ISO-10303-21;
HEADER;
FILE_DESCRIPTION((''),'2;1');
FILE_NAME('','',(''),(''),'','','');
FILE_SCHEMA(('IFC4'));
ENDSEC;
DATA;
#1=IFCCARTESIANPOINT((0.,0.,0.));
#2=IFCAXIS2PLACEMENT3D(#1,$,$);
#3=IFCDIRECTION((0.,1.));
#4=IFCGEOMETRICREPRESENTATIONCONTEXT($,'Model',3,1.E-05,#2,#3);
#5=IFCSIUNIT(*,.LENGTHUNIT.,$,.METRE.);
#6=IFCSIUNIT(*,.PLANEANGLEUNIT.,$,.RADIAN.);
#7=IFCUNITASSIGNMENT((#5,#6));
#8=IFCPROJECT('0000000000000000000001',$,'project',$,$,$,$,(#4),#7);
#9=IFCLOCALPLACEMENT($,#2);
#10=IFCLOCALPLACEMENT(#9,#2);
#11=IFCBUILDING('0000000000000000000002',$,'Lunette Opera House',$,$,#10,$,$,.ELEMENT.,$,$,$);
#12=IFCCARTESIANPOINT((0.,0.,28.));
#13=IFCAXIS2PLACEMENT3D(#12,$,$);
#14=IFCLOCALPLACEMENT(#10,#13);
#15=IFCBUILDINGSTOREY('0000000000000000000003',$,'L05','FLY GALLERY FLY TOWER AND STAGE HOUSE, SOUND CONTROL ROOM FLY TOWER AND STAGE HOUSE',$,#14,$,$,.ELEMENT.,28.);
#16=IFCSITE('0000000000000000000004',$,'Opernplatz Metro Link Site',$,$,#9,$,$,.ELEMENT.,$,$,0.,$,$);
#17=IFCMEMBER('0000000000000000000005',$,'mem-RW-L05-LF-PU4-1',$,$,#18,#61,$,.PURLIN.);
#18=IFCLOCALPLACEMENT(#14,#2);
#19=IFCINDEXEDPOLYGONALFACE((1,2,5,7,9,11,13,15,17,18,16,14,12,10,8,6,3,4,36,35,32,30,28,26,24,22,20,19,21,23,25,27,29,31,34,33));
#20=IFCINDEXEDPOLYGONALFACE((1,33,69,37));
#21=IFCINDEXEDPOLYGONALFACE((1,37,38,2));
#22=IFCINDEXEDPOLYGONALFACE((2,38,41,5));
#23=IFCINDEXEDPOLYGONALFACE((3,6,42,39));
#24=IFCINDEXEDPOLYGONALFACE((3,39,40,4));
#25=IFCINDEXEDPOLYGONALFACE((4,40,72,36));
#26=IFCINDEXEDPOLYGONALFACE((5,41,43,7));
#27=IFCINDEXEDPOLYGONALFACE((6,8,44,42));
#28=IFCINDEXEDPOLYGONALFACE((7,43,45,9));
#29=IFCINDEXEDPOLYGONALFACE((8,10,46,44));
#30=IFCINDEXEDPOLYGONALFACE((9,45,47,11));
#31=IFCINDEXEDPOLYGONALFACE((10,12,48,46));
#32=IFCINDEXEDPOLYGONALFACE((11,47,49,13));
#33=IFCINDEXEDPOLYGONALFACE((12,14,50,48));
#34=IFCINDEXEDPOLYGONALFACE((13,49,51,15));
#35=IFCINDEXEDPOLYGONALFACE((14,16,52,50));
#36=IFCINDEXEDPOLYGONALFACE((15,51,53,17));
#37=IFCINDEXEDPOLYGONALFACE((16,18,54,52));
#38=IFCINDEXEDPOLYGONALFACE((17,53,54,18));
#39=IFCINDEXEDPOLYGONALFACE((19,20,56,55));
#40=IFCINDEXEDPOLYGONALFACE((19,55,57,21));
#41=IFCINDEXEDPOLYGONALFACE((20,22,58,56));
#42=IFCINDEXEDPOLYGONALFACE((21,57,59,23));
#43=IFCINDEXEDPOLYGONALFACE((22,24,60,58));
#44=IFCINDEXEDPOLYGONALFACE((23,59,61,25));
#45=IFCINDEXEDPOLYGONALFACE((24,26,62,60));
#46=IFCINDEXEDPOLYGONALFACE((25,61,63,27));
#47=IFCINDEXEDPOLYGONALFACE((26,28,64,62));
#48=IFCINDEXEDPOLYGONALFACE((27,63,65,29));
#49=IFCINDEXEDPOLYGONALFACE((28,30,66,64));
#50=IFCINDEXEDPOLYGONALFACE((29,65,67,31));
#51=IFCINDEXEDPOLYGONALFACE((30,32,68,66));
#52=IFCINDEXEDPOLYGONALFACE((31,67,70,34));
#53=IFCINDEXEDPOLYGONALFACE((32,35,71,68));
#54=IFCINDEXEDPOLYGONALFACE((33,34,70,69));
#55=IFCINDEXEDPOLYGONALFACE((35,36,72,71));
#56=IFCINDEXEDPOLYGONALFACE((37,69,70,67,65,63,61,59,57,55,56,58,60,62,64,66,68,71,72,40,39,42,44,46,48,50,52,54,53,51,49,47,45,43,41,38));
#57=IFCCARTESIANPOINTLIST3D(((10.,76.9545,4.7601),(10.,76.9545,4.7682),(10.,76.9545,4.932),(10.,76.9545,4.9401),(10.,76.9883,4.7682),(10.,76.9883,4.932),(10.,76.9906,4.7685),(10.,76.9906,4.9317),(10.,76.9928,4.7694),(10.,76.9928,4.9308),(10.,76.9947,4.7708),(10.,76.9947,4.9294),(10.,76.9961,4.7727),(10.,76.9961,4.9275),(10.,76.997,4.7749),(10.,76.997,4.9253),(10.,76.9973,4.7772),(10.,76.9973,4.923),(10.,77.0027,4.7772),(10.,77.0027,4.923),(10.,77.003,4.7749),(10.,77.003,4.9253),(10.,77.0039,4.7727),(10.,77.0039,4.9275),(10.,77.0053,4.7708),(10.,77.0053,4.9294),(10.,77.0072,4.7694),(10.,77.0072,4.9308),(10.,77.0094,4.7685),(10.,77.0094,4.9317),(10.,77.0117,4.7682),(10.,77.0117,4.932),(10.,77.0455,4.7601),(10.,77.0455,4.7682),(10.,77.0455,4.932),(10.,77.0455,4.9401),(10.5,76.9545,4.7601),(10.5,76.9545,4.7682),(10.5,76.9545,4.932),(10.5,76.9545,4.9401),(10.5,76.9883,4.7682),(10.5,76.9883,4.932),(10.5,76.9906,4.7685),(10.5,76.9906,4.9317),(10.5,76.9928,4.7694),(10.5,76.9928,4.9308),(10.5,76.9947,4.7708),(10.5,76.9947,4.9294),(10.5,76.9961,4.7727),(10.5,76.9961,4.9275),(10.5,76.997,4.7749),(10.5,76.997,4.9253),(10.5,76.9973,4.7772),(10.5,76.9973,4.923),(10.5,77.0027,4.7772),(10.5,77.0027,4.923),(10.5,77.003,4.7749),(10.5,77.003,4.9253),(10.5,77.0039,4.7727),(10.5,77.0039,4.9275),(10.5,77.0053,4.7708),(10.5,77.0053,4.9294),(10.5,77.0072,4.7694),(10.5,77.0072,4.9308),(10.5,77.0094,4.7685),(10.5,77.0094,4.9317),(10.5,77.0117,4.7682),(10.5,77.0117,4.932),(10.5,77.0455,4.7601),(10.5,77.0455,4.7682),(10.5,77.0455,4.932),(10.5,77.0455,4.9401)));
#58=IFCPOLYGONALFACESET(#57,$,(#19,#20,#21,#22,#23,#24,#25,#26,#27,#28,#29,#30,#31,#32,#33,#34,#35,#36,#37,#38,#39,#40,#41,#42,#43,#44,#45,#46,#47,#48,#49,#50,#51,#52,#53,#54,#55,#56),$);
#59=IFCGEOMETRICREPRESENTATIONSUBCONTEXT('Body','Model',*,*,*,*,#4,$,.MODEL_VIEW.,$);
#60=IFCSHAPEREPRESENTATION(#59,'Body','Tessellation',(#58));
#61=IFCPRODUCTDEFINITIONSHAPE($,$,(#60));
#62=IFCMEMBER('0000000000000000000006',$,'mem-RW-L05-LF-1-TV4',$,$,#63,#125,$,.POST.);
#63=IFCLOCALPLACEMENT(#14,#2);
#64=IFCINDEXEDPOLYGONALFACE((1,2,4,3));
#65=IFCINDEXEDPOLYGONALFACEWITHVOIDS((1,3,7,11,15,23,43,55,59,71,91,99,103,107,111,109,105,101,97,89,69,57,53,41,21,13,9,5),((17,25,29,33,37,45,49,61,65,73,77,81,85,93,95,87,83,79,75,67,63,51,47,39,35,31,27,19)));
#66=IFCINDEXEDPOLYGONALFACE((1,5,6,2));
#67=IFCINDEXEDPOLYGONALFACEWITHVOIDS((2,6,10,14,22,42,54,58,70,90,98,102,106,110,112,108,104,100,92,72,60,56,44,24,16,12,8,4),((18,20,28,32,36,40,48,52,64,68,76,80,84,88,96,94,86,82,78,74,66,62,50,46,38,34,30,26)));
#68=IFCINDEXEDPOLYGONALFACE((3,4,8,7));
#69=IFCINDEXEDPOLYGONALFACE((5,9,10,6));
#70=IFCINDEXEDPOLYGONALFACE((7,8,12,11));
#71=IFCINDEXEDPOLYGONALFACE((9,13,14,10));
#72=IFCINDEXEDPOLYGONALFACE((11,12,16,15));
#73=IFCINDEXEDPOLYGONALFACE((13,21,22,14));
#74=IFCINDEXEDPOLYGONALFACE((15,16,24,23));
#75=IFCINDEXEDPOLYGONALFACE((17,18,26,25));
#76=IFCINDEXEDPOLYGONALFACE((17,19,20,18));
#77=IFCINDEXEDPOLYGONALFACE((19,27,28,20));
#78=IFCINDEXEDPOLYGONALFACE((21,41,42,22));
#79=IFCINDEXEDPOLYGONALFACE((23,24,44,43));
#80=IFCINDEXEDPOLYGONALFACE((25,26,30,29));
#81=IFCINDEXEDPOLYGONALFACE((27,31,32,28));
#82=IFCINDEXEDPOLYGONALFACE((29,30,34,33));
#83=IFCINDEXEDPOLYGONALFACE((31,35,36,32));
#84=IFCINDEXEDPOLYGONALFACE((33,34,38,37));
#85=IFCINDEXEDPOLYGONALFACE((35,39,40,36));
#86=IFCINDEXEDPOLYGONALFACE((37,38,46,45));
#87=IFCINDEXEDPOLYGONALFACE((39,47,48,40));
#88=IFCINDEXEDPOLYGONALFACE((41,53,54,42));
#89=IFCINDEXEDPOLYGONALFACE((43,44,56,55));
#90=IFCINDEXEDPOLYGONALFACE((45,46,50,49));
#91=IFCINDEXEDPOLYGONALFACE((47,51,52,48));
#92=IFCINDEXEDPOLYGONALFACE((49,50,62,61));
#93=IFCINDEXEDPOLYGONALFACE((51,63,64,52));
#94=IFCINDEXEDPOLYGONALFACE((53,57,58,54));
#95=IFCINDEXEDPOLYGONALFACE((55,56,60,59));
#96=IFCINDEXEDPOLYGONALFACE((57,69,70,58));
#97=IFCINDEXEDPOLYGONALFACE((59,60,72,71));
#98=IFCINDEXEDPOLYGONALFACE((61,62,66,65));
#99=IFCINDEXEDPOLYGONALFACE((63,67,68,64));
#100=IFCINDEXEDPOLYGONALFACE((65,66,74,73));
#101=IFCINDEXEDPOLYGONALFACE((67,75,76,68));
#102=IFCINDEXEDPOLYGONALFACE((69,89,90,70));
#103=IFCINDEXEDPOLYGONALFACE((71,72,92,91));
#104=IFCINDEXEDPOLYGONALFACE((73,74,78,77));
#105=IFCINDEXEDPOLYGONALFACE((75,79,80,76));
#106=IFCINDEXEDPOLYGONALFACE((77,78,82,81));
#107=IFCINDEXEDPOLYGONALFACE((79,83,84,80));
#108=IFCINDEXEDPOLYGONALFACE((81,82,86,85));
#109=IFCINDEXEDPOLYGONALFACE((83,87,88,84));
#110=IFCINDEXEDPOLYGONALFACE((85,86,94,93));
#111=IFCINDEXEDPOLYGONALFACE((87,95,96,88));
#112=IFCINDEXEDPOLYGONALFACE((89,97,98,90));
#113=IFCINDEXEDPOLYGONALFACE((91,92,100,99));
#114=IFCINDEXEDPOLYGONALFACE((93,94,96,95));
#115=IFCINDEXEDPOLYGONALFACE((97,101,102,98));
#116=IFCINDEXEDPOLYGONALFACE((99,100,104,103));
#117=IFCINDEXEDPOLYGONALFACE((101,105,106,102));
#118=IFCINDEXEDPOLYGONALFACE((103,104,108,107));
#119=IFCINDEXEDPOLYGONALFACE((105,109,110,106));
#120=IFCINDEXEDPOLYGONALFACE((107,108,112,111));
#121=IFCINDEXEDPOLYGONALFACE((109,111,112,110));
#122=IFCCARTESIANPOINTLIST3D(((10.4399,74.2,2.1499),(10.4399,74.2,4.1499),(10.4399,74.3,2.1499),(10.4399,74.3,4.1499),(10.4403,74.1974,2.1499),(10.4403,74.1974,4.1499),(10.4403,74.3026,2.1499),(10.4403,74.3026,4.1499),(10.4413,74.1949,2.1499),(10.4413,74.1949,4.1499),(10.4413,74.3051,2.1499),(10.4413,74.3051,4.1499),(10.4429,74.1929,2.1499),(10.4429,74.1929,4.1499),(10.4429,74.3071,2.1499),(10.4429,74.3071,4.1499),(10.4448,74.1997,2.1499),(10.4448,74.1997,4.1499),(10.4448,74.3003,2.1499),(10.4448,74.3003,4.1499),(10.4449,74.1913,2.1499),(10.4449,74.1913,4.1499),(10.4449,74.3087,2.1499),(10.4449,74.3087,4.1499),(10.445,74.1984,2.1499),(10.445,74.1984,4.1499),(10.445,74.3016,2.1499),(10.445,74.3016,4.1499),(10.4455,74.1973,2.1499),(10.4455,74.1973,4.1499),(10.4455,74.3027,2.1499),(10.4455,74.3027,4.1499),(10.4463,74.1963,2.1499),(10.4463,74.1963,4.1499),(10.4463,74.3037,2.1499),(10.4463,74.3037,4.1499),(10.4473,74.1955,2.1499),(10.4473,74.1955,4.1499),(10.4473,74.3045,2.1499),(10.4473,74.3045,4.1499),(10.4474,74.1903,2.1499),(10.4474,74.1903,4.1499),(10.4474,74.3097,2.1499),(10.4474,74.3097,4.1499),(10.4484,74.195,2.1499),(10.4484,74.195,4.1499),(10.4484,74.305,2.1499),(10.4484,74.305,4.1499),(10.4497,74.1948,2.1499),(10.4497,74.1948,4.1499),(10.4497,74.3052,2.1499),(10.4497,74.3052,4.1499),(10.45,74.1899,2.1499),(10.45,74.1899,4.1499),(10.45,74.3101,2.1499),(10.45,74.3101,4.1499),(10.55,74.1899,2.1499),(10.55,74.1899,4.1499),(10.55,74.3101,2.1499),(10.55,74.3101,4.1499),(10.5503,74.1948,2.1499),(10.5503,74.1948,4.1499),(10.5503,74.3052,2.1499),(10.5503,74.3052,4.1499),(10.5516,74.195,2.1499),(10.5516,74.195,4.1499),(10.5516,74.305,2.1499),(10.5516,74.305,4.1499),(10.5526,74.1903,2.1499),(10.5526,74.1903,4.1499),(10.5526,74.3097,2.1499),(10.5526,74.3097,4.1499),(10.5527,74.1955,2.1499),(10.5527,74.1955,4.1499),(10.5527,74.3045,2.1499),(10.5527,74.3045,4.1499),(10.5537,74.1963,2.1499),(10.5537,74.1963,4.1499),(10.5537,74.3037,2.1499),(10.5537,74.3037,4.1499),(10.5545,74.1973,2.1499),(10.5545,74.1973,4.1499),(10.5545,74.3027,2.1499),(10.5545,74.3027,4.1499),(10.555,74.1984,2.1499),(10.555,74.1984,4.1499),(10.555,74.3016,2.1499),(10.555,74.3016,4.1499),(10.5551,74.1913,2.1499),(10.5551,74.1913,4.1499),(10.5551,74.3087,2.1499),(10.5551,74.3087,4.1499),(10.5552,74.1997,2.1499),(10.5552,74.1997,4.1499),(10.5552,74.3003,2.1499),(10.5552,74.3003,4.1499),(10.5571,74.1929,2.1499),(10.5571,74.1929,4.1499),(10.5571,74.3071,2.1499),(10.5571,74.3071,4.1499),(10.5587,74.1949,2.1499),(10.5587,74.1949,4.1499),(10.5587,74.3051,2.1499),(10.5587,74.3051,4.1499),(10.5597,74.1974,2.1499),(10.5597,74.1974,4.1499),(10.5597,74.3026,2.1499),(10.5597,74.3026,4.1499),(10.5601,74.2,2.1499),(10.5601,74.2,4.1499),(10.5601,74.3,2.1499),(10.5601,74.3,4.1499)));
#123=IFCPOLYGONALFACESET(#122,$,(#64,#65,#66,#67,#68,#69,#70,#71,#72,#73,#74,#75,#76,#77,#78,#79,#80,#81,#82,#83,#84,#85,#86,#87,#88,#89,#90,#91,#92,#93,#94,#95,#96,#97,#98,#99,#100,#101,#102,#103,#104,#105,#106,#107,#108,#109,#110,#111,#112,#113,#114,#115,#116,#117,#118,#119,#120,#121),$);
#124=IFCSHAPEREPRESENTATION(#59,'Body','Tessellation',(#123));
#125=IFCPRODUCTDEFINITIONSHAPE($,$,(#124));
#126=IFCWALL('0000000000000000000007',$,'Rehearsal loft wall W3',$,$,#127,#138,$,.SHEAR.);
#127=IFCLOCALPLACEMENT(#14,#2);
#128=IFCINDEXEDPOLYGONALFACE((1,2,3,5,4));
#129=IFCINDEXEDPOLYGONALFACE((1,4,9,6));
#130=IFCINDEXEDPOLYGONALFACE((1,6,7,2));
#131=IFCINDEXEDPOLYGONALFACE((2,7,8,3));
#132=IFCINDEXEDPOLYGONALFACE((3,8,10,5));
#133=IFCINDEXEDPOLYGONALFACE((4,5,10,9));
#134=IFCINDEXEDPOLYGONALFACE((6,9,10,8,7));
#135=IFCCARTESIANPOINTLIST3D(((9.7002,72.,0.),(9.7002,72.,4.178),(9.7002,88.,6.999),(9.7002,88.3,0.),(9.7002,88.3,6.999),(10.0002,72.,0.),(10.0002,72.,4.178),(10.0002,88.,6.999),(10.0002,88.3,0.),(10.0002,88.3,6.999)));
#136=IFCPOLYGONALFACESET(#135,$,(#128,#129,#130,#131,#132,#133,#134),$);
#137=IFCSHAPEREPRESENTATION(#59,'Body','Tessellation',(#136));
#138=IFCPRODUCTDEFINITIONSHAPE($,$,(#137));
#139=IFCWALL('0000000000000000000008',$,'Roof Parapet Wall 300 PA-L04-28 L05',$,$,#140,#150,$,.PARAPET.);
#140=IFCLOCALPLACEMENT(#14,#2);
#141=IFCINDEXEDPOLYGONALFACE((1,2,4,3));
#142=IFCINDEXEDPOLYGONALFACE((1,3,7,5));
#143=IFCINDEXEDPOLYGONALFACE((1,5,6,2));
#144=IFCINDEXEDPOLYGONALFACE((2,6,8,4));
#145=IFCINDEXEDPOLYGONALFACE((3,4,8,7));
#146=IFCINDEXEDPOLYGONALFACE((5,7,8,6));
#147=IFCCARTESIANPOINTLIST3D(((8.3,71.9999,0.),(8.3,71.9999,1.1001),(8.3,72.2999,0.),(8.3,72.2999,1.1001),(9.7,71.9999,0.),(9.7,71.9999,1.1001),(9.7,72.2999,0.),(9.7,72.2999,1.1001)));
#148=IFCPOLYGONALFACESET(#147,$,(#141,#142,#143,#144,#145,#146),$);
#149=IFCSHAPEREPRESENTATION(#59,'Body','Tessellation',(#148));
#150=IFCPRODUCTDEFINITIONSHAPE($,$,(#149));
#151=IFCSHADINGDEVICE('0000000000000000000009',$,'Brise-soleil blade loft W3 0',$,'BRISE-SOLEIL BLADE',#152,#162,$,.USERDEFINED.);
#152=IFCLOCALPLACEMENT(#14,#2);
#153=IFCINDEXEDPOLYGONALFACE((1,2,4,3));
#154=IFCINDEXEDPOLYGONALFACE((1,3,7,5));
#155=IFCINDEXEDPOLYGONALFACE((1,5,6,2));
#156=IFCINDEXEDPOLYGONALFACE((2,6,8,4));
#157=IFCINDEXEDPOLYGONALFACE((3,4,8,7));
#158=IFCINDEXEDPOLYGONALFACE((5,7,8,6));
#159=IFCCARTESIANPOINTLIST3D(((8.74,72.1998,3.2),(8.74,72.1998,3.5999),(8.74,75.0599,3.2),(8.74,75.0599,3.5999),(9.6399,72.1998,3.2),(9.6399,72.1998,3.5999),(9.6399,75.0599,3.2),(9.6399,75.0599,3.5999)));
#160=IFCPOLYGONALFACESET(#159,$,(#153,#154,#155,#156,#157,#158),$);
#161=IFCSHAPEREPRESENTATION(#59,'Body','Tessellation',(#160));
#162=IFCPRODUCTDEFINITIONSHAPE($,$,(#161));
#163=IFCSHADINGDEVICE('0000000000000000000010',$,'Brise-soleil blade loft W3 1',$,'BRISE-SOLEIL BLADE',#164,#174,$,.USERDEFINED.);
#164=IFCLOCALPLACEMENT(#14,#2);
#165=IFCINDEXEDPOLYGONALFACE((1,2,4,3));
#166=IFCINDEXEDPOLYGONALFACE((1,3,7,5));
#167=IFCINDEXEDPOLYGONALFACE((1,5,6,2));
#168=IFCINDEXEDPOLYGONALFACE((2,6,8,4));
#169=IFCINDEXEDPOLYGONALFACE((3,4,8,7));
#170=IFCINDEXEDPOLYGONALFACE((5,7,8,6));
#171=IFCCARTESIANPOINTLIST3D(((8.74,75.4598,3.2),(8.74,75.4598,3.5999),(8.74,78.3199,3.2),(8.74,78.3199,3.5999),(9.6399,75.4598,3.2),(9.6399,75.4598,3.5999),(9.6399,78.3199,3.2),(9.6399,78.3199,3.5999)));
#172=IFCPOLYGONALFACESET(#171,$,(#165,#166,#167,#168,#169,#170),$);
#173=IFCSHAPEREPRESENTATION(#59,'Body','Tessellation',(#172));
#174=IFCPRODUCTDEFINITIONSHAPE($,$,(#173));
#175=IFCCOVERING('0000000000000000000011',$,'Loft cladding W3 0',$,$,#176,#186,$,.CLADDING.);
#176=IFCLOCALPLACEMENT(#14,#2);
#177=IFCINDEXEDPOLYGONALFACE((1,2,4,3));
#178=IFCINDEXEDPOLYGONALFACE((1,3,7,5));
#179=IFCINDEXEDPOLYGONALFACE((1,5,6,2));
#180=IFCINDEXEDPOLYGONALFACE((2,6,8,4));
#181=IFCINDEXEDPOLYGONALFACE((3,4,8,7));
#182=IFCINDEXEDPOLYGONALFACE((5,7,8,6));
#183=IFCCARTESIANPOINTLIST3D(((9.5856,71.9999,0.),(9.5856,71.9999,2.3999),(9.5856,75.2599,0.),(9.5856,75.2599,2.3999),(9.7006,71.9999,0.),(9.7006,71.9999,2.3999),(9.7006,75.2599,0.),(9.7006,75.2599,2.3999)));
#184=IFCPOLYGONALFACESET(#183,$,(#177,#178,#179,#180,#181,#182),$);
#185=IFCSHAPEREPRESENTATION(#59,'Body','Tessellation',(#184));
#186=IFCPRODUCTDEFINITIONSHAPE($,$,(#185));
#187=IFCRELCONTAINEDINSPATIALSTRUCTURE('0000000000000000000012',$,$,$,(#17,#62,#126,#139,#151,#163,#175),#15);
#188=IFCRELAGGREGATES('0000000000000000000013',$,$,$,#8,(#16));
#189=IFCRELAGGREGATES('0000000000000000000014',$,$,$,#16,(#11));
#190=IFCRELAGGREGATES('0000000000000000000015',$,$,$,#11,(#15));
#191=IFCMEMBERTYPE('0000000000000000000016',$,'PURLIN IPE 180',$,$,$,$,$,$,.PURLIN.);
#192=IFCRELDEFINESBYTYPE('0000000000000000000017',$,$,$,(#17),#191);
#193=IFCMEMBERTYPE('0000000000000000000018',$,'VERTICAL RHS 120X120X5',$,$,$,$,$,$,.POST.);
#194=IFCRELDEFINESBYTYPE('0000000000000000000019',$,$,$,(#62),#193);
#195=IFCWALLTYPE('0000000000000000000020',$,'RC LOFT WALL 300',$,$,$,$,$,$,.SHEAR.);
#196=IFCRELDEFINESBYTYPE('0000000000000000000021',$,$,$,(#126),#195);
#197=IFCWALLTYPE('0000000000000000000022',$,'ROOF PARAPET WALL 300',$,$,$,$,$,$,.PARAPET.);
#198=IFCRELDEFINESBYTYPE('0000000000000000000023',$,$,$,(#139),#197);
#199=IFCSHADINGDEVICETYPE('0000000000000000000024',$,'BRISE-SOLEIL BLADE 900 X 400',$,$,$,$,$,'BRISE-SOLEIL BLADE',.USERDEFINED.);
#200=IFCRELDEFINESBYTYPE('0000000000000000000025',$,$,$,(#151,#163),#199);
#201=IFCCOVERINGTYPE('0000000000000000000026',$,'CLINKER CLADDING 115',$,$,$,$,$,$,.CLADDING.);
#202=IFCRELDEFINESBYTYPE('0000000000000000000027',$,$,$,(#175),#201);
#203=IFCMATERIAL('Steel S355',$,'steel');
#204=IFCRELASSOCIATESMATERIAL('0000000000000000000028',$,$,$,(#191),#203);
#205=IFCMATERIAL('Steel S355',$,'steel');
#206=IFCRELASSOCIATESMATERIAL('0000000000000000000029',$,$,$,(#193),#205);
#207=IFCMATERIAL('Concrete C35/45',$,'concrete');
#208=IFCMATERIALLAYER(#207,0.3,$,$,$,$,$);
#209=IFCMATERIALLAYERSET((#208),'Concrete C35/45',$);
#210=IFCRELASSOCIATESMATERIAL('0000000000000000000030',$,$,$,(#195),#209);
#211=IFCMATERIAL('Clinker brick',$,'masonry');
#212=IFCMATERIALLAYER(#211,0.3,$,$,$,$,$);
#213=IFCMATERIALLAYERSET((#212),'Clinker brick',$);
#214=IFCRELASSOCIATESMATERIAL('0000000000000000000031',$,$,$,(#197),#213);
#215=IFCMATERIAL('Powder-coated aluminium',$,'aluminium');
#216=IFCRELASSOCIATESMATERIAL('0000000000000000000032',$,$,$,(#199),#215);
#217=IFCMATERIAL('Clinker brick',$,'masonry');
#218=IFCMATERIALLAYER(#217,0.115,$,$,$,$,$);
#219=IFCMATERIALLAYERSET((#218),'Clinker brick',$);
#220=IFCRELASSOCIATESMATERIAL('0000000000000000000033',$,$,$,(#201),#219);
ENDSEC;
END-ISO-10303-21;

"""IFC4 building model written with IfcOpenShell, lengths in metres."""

from ifc_helpers import new_model, si_unit, direction, frame, frame_2d, origin, origin_2d, place, context, subcontext, project, spatial, polyline, rectangle, hollow_rectangle, i_section, outline, extrude, material, layer, layer_set, material_profile, profile_set, type_object, element, save


model = new_model("IFC4")

# Units and contexts
model_context = context("Model", 3, precision=1e-05, world=origin(), true_north=direction((0.0, 1.0)))
body_context = subcontext(model_context, "Body", "Model", "MODEL_VIEW")
ifc_project = project(units=[si_unit("LENGTHUNIT", "METRE"), si_unit("PLANEANGLEUNIT", "RADIAN")], contexts=[model_context])

# Site, building, storey
site_placement = place(None, origin())
site = spatial("IfcSite", under=ifc_project, at=site_placement, Name="Opernplatz Metro Link Site", CompositionType="ELEMENT", RefElevation=0.0)
building_placement = place(site_placement, origin())
building = spatial("IfcBuilding", under=site, at=building_placement, Name="Lunette Opera House", CompositionType="ELEMENT")
storey_placement = place(building_placement, frame((0.0, 0.0, 28.0)))
storey = spatial("IfcBuildingStorey", under=building, at=storey_placement, Name="L05", Description="FLY GALLERY FLY TOWER AND STAGE HOUSE, SOUND CONTROL ROOM FLY TOWER AND STAGE HOUSE", CompositionType="ELEMENT", Elevation=28.0)

# Members
ifc_material_1 = material(Name="Steel S355", Category="steel")
ifc_material_profile_1 = material_profile(ifc_material_1, i_section(OverallWidth=0.0911, OverallDepth=0.1799, WebThickness=0.0054, FlangeThickness=0.0081, FilletRadius=0.009, at=origin_2d()), Name="IPE 180")
ifc_profile_set_1 = profile_set([ifc_material_profile_1], Name="Steel S355")
member_type_1 = type_object("IfcMemberType", Name="PURLIN IPE 180", PredefinedType="PURLIN", material=ifc_profile_set_1)
member_1_placement = place(storey_placement, frame((10.0, 77.0, 4.8501), z_axis=(1.0, 0.0, 0.0), x_axis=(0.0, 1.0, 0.0)))
element("IfcMember", 1, at=member_1_placement, inside=storey, type_object=member_type_1, Name="mem-RW-L05-LF-PU4-1", PredefinedType="PURLIN", context=body_context, shape_type="SweptSolid", body=[
    extrude(i_section(OverallWidth=0.0911, OverallDepth=0.1799, WebThickness=0.0054, FlangeThickness=0.0081, FilletRadius=0.009, at=origin_2d()), origin(), (0.0, 0.0, 1.0), 0.5),
])
ifc_material_2 = material(Name="Steel S355", Category="steel")
ifc_material_profile_2 = material_profile(ifc_material_2, hollow_rectangle(XDim=0.1201, YDim=0.1201, WallThickness=0.0049, InnerFilletRadius=0.0049, OuterFilletRadius=0.01, at=origin_2d()), Name="RHS 120X120X5")
ifc_profile_set_2 = profile_set([ifc_material_profile_2], Name="Steel S355")
member_type_2 = type_object("IfcMemberType", Name="VERTICAL RHS 120X120X5", PredefinedType="POST", material=ifc_profile_set_2)
member_2_placement = place(storey_placement, frame((10.5, 74.25, 2.1499), z_axis=(0.0, 0.0, 1.0), x_axis=(1.0, 0.0, 0.0)))
element("IfcMember", 2, at=member_2_placement, inside=storey, type_object=member_type_2, Name="mem-RW-L05-LF-1-TV4", PredefinedType="POST", context=body_context, shape_type="SweptSolid", body=[
    extrude(hollow_rectangle(XDim=0.1201, YDim=0.1201, WallThickness=0.0049, InnerFilletRadius=0.0049, OuterFilletRadius=0.01, at=origin_2d()), origin(), (0.0, 0.0, 1.0), 2.0),
])

# Walls
ifc_material_3 = material(Name="Concrete C35/45", Category="concrete")
ifc_layer_1 = layer(ifc_material_3, 0.3)
ifc_layer_set_1 = layer_set([ifc_layer_1], Name="Concrete C35/45")
wall_type_1 = type_object("IfcWallType", Name="RC LOFT WALL 300", PredefinedType="SHEAR", material=ifc_layer_set_1)
wall_1_placement = place(storey_placement, frame((9.8501, 72.0, 0.0), z_axis=(0.0, 0.0, 1.0), x_axis=(0.0, 1.0, 0.0)))
element("IfcWall", 3, at=wall_1_placement, inside=storey, type_object=wall_type_1, Name="Rehearsal loft wall W3", PredefinedType="SHEAR", context=body_context, shape_type="SweptSolid", body=[
    extrude(outline(polyline([(0.0, 0.0), (16.3, 0.0), (16.3, 6.999), (16.0, 6.999), (0.0, 4.178), (0.0, 0.0)])), frame((0.0, 0.1499, 0.0), z_axis=(0.0, -1.0, 0.0), x_axis=(1.0, 0.0, 0.0)), (0.0, 0.0, 1.0), 0.3),
])
ifc_material_4 = material(Name="Clinker brick", Category="masonry")
ifc_layer_2 = layer(ifc_material_4, 0.3)
ifc_layer_set_2 = layer_set([ifc_layer_2], Name="Clinker brick")
wall_type_2 = type_object("IfcWallType", Name="ROOF PARAPET WALL 300", PredefinedType="PARAPET", material=ifc_layer_set_2)
wall_2_placement = place(storey_placement, frame((8.3, 72.1499, 0.0), z_axis=(0.0, 0.0, 1.0), x_axis=(1.0, 0.0, 0.0)))
element("IfcWall", 4, at=wall_2_placement, inside=storey, type_object=wall_type_2, Name="Roof Parapet Wall 300 PA-L04-28 L05", PredefinedType="PARAPET", context=body_context, shape_type="SweptSolid", body=[
    extrude(rectangle(XDim=1.3999, YDim=0.3, at=frame_2d((0.7, 0.0))), origin(), (0.0, 0.0, 1.0), 1.1001),
])

# Shading devices
ifc_material_5 = material(Name="Powder-coated aluminium", Category="aluminium")
shading_device_type = type_object("IfcShadingDeviceType", Name="BRISE-SOLEIL BLADE 900 X 400", ElementType="BRISE-SOLEIL BLADE", PredefinedType="USERDEFINED", material=ifc_material_5)
for number, where, z_axis, x_axis, name in (
    (5, (9.1899, 73.6299, 3.2), (0.0, 0.0, 1.0), (-1.0, 0.0, 0.0), "Brise-soleil blade loft W3 0"),
    (6, (9.1899, 76.8899, 3.2), (0.0, 0.0, 1.0), (-1.0, 0.0, 0.0), "Brise-soleil blade loft W3 1"),
):
    element("IfcShadingDevice", number, at=place(storey_placement, frame(where, z_axis=z_axis, x_axis=x_axis)), inside=storey, type_object=shading_device_type, Name=name, ObjectType="BRISE-SOLEIL BLADE", PredefinedType="USERDEFINED", context=body_context, shape_type="SweptSolid", body=[
        extrude(rectangle(XDim=0.8999, YDim=2.8601, at=origin_2d()), origin(), (0.0, 0.0, 1.0), 0.3999),
    ])

# Covering
ifc_material_6 = material(Name="Clinker brick", Category="masonry")
ifc_layer_3 = layer(ifc_material_6, 0.115)
ifc_layer_set_3 = layer_set([ifc_layer_3], Name="Clinker brick")
covering_type_1 = type_object("IfcCoveringType", Name="CLINKER CLADDING 115", PredefinedType="CLADDING", material=ifc_layer_set_3)
for number, where, z_axis, x_axis, name in (
    (7, (9.6431, 73.6299, 0.0), (0.0, 0.0, 1.0), (0.0, 1.0, 0.0), "Loft cladding W3 0"),
):
    element("IfcCovering", number, at=place(storey_placement, frame(where, z_axis=z_axis, x_axis=x_axis)), inside=storey, type_object=covering_type_1, Name=name, PredefinedType="CLADDING", context=body_context, shape_type="SweptSolid", body=[
        extrude(rectangle(XDim=3.26, YDim=0.115, at=origin_2d()), origin(), (0.0, 0.0, 1.0), 2.3999),
    ])

save(model, "model.ifc")
